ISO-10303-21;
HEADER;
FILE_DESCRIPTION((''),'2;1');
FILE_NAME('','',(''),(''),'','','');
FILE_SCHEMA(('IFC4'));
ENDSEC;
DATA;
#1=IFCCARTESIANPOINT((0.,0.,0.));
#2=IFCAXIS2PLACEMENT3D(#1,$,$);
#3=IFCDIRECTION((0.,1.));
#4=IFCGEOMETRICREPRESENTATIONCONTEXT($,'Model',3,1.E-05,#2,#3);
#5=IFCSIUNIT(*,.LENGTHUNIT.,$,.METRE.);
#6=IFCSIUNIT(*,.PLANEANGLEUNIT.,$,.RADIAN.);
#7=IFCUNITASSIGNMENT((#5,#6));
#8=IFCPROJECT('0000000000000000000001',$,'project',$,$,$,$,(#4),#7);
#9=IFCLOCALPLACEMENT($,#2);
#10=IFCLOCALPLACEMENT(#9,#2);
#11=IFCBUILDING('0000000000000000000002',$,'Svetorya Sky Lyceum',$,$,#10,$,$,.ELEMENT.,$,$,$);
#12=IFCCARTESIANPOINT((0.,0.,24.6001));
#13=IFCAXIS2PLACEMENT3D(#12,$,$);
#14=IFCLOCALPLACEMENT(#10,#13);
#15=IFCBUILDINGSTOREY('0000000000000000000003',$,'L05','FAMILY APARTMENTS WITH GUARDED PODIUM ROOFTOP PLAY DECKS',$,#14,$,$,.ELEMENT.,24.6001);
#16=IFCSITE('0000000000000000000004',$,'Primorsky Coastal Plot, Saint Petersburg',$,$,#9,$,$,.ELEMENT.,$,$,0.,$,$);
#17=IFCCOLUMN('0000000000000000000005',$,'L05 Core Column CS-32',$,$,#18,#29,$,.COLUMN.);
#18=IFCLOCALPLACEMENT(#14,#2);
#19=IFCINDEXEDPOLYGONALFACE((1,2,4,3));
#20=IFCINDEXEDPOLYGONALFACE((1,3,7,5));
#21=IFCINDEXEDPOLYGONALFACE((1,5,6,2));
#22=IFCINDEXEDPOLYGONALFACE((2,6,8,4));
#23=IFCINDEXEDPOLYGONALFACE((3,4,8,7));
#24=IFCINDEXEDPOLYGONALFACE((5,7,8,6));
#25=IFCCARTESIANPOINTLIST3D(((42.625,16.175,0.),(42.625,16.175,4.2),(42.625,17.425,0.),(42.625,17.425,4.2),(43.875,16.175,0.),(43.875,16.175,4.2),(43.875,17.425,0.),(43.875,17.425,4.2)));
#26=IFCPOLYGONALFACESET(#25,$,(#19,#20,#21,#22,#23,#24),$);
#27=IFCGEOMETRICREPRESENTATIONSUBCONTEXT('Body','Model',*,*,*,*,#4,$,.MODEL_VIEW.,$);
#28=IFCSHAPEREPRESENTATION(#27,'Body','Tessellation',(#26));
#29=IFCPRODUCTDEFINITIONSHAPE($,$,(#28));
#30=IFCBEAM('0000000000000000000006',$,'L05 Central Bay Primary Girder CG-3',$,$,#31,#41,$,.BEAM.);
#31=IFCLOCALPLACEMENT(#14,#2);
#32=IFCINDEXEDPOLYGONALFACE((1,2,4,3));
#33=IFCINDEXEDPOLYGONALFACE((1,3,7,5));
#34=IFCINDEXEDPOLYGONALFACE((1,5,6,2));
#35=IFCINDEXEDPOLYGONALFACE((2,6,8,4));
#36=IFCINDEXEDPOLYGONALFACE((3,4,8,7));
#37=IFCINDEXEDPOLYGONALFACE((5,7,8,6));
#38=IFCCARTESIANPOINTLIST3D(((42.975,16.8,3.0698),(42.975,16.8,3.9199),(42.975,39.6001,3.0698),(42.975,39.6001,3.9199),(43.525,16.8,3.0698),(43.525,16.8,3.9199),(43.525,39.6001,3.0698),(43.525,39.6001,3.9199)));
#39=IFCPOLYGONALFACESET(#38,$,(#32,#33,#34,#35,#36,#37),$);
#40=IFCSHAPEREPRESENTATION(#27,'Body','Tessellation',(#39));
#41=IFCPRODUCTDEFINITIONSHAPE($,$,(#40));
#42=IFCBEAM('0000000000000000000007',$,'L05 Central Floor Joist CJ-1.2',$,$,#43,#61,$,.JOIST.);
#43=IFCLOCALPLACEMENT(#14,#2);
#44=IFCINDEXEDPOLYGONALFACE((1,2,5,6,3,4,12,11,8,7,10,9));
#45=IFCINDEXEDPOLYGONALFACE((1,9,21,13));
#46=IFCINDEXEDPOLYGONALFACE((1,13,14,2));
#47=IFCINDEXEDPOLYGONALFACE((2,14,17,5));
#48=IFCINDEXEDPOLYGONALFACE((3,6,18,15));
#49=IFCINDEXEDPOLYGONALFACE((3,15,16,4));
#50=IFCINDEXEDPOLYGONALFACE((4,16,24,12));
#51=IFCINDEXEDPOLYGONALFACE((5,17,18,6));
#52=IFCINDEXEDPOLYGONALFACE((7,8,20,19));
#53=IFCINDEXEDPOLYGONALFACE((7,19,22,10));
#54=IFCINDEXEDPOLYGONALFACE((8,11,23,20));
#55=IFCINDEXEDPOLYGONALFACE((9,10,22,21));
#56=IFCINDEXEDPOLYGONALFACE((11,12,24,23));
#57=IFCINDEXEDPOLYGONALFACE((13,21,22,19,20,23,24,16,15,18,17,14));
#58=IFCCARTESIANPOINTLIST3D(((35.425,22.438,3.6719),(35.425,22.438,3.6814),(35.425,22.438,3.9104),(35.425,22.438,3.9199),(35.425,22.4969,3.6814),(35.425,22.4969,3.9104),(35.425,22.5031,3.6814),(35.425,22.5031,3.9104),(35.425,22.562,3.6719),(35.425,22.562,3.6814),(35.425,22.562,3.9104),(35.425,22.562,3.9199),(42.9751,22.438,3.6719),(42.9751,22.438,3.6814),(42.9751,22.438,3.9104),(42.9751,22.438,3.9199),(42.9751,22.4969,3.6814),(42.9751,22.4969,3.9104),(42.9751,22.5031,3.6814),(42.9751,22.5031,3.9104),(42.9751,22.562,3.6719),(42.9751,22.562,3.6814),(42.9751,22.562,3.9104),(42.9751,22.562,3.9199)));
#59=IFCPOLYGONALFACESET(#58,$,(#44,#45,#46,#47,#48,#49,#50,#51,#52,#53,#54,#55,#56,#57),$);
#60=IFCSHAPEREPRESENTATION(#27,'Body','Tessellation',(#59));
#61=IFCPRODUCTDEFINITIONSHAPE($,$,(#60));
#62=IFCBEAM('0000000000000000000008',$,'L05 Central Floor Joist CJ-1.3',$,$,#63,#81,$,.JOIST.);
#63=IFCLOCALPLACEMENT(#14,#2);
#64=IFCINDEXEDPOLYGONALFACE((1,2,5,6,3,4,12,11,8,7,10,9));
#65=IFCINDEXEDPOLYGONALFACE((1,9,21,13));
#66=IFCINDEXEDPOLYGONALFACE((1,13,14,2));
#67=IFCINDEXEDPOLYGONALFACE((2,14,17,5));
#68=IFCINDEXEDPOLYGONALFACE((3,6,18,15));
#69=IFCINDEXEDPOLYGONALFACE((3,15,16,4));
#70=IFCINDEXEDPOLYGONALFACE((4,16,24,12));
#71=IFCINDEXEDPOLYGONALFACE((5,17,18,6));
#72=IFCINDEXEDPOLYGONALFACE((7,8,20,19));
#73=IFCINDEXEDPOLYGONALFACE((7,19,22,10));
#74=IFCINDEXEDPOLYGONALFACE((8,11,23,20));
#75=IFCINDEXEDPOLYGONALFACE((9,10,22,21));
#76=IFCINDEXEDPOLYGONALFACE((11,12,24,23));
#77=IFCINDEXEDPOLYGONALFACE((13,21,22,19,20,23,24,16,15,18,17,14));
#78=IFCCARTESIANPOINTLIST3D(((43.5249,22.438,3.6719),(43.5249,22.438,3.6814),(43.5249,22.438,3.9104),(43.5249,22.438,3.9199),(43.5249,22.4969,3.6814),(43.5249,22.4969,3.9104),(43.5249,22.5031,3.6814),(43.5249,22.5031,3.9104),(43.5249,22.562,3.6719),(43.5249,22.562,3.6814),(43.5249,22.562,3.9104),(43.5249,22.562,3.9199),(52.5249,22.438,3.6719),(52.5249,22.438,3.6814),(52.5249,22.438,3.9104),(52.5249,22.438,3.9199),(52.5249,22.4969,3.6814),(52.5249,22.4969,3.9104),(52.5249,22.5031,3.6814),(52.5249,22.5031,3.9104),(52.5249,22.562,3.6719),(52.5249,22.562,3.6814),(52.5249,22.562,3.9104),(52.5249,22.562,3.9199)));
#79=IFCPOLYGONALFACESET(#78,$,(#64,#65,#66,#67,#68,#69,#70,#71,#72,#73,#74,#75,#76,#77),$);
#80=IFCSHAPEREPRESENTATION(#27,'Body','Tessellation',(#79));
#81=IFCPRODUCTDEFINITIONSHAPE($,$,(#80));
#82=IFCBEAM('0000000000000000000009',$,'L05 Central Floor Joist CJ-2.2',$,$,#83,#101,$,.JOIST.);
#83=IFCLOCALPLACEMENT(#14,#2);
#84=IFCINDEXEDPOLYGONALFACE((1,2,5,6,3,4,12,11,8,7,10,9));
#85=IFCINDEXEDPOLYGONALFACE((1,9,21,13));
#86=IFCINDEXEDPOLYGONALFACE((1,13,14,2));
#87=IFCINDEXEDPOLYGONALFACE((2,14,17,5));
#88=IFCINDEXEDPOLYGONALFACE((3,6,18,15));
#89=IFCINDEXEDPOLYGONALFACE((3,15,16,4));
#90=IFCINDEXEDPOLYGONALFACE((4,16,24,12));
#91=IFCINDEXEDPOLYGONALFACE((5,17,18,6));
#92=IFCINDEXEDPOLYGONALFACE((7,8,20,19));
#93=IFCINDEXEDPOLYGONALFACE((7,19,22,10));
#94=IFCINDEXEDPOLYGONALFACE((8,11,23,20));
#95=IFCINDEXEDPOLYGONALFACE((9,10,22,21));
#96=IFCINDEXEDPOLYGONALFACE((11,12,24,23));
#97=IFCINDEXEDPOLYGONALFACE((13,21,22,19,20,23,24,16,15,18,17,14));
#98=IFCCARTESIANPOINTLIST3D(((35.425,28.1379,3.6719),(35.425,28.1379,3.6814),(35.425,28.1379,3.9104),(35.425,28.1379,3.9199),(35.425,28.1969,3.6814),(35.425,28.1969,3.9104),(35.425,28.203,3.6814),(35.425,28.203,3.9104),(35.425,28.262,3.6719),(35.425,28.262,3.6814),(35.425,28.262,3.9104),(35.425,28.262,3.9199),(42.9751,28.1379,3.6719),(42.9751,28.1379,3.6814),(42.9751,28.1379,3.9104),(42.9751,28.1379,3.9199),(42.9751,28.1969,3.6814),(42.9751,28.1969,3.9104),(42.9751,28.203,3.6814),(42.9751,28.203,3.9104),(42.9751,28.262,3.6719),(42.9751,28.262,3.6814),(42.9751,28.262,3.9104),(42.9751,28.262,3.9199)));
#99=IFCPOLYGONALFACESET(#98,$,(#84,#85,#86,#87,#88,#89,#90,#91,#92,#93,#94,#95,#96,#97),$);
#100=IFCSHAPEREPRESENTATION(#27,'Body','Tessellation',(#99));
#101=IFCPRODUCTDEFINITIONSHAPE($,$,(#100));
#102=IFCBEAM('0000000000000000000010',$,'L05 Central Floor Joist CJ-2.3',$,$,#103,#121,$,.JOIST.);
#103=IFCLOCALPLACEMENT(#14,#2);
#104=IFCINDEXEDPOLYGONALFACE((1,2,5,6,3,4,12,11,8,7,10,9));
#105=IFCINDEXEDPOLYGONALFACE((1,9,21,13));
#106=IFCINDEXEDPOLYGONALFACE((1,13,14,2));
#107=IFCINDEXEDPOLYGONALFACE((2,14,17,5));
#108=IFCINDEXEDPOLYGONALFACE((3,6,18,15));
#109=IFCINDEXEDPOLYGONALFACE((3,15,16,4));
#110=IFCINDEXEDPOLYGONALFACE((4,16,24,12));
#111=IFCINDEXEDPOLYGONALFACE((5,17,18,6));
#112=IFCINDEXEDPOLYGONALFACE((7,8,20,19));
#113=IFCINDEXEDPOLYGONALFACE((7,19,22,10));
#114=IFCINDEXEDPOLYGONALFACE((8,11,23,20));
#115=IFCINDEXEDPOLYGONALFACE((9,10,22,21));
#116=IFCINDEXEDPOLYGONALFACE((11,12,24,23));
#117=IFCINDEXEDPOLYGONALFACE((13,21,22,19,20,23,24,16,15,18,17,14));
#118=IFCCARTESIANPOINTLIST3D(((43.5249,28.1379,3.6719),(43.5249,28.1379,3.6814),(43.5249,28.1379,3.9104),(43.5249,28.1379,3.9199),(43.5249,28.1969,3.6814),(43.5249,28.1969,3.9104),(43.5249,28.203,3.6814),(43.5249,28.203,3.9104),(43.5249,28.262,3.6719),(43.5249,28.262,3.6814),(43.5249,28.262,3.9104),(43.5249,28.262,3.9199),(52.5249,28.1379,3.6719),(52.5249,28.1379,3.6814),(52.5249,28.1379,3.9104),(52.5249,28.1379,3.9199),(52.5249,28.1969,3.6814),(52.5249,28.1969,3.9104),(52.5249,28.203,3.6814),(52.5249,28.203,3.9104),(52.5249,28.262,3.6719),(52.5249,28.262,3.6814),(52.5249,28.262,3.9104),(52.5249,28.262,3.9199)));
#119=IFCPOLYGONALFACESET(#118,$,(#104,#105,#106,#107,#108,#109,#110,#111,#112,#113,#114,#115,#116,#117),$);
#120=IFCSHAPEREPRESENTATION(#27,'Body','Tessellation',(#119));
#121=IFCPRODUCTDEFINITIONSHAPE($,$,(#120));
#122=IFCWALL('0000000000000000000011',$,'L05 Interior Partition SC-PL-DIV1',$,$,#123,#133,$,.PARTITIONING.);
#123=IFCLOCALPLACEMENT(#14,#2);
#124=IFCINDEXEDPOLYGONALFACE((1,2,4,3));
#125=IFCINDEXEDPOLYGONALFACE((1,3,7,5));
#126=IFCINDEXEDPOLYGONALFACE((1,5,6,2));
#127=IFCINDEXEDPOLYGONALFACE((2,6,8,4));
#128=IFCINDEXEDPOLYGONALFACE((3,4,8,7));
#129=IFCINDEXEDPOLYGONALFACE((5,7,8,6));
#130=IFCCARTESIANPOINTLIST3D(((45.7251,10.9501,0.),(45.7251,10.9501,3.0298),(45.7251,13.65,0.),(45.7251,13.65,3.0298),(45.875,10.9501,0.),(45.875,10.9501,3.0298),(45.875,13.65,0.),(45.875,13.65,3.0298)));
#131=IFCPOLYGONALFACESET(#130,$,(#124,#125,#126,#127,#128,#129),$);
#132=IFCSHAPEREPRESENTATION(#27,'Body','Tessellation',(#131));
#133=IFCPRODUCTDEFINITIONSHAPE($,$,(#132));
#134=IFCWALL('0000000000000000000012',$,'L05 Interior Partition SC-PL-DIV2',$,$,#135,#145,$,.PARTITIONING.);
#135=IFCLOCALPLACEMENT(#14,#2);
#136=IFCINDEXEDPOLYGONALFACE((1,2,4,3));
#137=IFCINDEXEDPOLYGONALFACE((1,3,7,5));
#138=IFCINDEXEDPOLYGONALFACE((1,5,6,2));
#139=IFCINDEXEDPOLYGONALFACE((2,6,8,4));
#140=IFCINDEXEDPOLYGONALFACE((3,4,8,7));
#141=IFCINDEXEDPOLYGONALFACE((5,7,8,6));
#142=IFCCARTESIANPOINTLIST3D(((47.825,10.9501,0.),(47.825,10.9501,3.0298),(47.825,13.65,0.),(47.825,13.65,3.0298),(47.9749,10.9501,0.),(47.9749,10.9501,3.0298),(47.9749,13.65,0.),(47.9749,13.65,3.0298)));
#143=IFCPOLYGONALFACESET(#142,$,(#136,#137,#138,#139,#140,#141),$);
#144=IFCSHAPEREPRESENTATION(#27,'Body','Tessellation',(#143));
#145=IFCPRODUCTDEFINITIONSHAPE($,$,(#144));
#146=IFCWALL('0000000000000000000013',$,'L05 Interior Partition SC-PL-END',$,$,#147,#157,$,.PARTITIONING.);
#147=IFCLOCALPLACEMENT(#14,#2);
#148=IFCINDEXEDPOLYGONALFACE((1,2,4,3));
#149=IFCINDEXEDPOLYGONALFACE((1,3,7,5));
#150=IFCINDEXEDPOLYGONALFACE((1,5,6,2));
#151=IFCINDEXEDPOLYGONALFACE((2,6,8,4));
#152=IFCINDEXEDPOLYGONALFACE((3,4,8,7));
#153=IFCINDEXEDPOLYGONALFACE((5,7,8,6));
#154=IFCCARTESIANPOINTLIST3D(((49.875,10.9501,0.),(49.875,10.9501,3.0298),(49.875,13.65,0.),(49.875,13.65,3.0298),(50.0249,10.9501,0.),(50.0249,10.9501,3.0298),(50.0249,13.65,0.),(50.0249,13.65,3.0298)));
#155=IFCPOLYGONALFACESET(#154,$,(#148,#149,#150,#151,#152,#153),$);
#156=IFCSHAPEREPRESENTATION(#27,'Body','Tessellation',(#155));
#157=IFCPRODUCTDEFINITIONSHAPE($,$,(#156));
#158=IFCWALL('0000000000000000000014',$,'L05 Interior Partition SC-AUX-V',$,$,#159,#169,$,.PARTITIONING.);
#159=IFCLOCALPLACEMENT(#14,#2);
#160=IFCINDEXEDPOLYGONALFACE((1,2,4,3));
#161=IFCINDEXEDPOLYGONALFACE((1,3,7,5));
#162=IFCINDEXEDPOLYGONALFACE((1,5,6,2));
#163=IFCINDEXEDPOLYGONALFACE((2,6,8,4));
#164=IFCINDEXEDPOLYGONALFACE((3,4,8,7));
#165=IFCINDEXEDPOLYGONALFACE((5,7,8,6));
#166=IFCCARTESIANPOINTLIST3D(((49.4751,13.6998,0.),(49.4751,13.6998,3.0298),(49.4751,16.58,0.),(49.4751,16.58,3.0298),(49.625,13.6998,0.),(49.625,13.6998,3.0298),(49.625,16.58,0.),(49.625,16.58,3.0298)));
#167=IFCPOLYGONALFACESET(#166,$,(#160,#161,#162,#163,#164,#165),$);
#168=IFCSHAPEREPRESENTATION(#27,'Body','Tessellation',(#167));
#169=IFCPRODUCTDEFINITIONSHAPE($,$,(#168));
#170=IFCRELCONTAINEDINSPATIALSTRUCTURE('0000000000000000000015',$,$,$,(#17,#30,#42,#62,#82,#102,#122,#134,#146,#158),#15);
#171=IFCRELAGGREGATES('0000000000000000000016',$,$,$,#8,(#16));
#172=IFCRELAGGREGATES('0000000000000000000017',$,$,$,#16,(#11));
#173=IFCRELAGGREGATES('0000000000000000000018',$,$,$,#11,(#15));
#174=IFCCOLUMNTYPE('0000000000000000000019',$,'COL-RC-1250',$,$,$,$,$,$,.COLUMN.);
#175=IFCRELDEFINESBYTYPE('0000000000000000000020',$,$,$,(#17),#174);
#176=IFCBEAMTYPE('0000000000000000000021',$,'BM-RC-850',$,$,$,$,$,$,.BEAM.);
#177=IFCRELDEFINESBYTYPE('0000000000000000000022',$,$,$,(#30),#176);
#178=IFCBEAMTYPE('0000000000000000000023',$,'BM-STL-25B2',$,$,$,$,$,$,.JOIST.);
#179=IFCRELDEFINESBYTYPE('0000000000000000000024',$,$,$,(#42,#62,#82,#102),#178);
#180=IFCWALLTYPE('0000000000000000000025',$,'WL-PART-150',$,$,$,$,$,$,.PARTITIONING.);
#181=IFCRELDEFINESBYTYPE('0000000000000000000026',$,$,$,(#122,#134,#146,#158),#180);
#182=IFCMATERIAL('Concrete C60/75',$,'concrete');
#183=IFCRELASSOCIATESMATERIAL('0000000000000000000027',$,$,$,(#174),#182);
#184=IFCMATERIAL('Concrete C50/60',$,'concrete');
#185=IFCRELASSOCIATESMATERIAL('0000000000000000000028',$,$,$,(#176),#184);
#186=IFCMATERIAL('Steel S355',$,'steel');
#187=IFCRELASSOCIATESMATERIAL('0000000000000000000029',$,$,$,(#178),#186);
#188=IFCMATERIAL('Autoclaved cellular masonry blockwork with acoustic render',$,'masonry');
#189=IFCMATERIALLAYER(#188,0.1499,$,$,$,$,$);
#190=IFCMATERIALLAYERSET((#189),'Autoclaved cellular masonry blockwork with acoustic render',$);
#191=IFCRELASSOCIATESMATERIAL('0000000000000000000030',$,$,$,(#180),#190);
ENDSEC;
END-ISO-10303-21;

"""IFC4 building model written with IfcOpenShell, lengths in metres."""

from ifc_helpers import new_model, si_unit, direction, frame, frame_2d, origin, origin_2d, place, context, subcontext, project, spatial, rectangle, i_section, extrude, material, layer, layer_set, material_profile, profile_set, type_object, element, save


model = new_model("IFC4")

# Units and contexts
model_context = context("Model", 3, precision=1e-05, world=origin(), true_north=direction((0.0, 1.0)))
body_context = subcontext(model_context, "Body", "Model", "MODEL_VIEW")
ifc_project = project(units=[si_unit("LENGTHUNIT", "METRE"), si_unit("PLANEANGLEUNIT", "RADIAN")], contexts=[model_context])

# Site, building, storey
site_placement = place(None, origin())
site = spatial("IfcSite", under=ifc_project, at=site_placement, Name="Primorsky Coastal Plot, Saint Petersburg", CompositionType="ELEMENT", RefElevation=0.0)
building_placement = place(site_placement, origin())
building = spatial("IfcBuilding", under=site, at=building_placement, Name="Svetorya Sky Lyceum", CompositionType="ELEMENT")
storey_placement = place(building_placement, frame((0.0, 0.0, 24.6001)))
storey = spatial("IfcBuildingStorey", under=building, at=storey_placement, Name="L05", Description="FAMILY APARTMENTS WITH GUARDED PODIUM ROOFTOP PLAY DECKS", CompositionType="ELEMENT", Elevation=24.6001)

# Column
ifc_material_1 = material(Name="Concrete C60/75", Category="concrete")
ifc_material_profile_1 = material_profile(ifc_material_1, rectangle(XDim=1.25, YDim=1.25, at=origin_2d()), Name="RC COL 1250x1250")
ifc_profile_set_1 = profile_set([ifc_material_profile_1], Name="Concrete C60/75")
column_type = type_object("IfcColumnType", Name="COL-RC-1250", PredefinedType="COLUMN", material=ifc_profile_set_1)
column_placement = place(storey_placement, frame((43.25, 16.8, 0.0), z_axis=(0.0, 0.0, 1.0), x_axis=(1.0, 0.0, 0.0)))
element("IfcColumn", 1, at=column_placement, inside=storey, type_object=column_type, Name="L05 Core Column CS-32", PredefinedType="COLUMN", context=body_context, shape_type="SweptSolid", body=[
    extrude(rectangle(XDim=1.25, YDim=1.25, at=origin_2d()), origin(), (0.0, 0.0, 1.0), 4.2),
])

# Beams
ifc_material_2 = material(Name="Concrete C50/60", Category="concrete")
ifc_material_profile_2 = material_profile(ifc_material_2, rectangle(XDim=0.55, YDim=0.8501, at=origin_2d()), Name="RC BEAM 550x850")
ifc_profile_set_2 = profile_set([ifc_material_profile_2], Name="Concrete C50/60")
beam_type_1 = type_object("IfcBeamType", Name="BM-RC-850", PredefinedType="BEAM", material=ifc_profile_set_2)
beam_1_placement = place(storey_placement, frame((43.25, 16.8, 3.4949), z_axis=(0.0, 1.0, 0.0), x_axis=(-1.0, 0.0, 0.0)))
element("IfcBeam", 2, at=beam_1_placement, inside=storey, type_object=beam_type_1, Name="L05 Central Bay Primary Girder CG-3", PredefinedType="BEAM", context=body_context, shape_type="SweptSolid", body=[
    extrude(rectangle(XDim=0.55, YDim=0.8501, at=origin_2d()), origin(), (0.0, 0.0, 1.0), 22.8),
])
ifc_material_3 = material(Name="Steel S355", Category="steel")
ifc_material_profile_3 = material_profile(ifc_material_3, i_section(OverallWidth=0.124, OverallDepth=0.248, WebThickness=0.0061, FlangeThickness=0.0095, at=origin_2d()), Name="GOST 25B2")
ifc_profile_set_3 = profile_set([ifc_material_profile_3], Name="Steel S355")
beam_type_2 = type_object("IfcBeamType", Name="BM-STL-25B2", PredefinedType="JOIST", material=ifc_profile_set_3)
beam_2_placement = place(storey_placement, frame((35.425, 22.5, 3.7959), z_axis=(1.0, 0.0, 0.0), x_axis=(0.0, 1.0, 0.0)))
element("IfcBeam", 3, at=beam_2_placement, inside=storey, type_object=beam_type_2, Name="L05 Central Floor Joist CJ-1.2", PredefinedType="JOIST", context=body_context, shape_type="SweptSolid", body=[
    extrude(i_section(OverallWidth=0.124, OverallDepth=0.248, WebThickness=0.0061, FlangeThickness=0.0095, at=origin_2d()), origin(), (0.0, 0.0, 1.0), 7.55),
])
beam_3_placement = place(storey_placement, frame((43.5249, 22.5, 3.7959), z_axis=(1.0, 0.0, 0.0), x_axis=(0.0, 1.0, 0.0)))
element("IfcBeam", 4, at=beam_3_placement, inside=storey, type_object=beam_type_2, Name="L05 Central Floor Joist CJ-1.3", PredefinedType="JOIST", context=body_context, shape_type="SweptSolid", body=[
    extrude(i_section(OverallWidth=0.124, OverallDepth=0.248, WebThickness=0.0061, FlangeThickness=0.0095, at=origin_2d()), origin(), (0.0, 0.0, 1.0), 9.0),
])
beam_4_placement = place(storey_placement, frame((35.425, 28.2, 3.7959), z_axis=(1.0, 0.0, 0.0), x_axis=(0.0, 1.0, 0.0)))
element("IfcBeam", 5, at=beam_4_placement, inside=storey, type_object=beam_type_2, Name="L05 Central Floor Joist CJ-2.2", PredefinedType="JOIST", context=body_context, shape_type="SweptSolid", body=[
    extrude(i_section(OverallWidth=0.124, OverallDepth=0.248, WebThickness=0.0061, FlangeThickness=0.0095, at=origin_2d()), origin(), (0.0, 0.0, 1.0), 7.55),
])
beam_5_placement = place(storey_placement, frame((43.5249, 28.2, 3.7959), z_axis=(1.0, 0.0, 0.0), x_axis=(0.0, 1.0, 0.0)))
element("IfcBeam", 6, at=beam_5_placement, inside=storey, type_object=beam_type_2, Name="L05 Central Floor Joist CJ-2.3", PredefinedType="JOIST", context=body_context, shape_type="SweptSolid", body=[
    extrude(i_section(OverallWidth=0.124, OverallDepth=0.248, WebThickness=0.0061, FlangeThickness=0.0095, at=origin_2d()), origin(), (0.0, 0.0, 1.0), 9.0),
])

# Walls
ifc_material_4 = material(Name="Autoclaved cellular masonry blockwork with acoustic render", Category="masonry")
ifc_layer_1 = layer(ifc_material_4, 0.1499)
ifc_layer_set_1 = layer_set([ifc_layer_1], Name="Autoclaved cellular masonry blockwork with acoustic render")
wall_type_1 = type_object("IfcWallType", Name="WL-PART-150", PredefinedType="PARTITIONING", material=ifc_layer_set_1)
for number, where, z_axis, x_axis, name in (
    (7, (45.8, 10.95, 0.0), (0.0, 0.0, 1.0), (0.0, 1.0, 0.0), "L05 Interior Partition SC-PL-DIV1"),
    (8, (47.8999, 10.95, 0.0), (0.0, 0.0, 1.0), (0.0, 1.0, 0.0), "L05 Interior Partition SC-PL-DIV2"),
    (9, (49.95, 10.95, 0.0), (0.0, 0.0, 1.0), (0.0, 1.0, 0.0), "L05 Interior Partition SC-PL-END"),
):
    element("IfcWall", number, at=place(storey_placement, frame(where, z_axis=z_axis, x_axis=x_axis)), inside=storey, type_object=wall_type_1, Name=name, PredefinedType="PARTITIONING", context=body_context, shape_type="SweptSolid", body=[
        extrude(rectangle(XDim=2.7, YDim=0.1499, at=frame_2d((1.3501, 0.0))), origin(), (0.0, 0.0, 1.0), 3.0298),
    ])
wall_1_placement = place(storey_placement, frame((49.55, 13.7, 0.0), z_axis=(0.0, 0.0, 1.0), x_axis=(0.0, 1.0, 0.0)))
element("IfcWall", 10, at=wall_1_placement, inside=storey, type_object=wall_type_1, Name="L05 Interior Partition SC-AUX-V", PredefinedType="PARTITIONING", context=body_context, shape_type="SweptSolid", body=[
    extrude(rectangle(XDim=2.8801, YDim=0.1499, at=frame_2d((1.4399, 0.0))), origin(), (0.0, 0.0, 1.0), 3.0298),
])

save(model, "model.ifc")
